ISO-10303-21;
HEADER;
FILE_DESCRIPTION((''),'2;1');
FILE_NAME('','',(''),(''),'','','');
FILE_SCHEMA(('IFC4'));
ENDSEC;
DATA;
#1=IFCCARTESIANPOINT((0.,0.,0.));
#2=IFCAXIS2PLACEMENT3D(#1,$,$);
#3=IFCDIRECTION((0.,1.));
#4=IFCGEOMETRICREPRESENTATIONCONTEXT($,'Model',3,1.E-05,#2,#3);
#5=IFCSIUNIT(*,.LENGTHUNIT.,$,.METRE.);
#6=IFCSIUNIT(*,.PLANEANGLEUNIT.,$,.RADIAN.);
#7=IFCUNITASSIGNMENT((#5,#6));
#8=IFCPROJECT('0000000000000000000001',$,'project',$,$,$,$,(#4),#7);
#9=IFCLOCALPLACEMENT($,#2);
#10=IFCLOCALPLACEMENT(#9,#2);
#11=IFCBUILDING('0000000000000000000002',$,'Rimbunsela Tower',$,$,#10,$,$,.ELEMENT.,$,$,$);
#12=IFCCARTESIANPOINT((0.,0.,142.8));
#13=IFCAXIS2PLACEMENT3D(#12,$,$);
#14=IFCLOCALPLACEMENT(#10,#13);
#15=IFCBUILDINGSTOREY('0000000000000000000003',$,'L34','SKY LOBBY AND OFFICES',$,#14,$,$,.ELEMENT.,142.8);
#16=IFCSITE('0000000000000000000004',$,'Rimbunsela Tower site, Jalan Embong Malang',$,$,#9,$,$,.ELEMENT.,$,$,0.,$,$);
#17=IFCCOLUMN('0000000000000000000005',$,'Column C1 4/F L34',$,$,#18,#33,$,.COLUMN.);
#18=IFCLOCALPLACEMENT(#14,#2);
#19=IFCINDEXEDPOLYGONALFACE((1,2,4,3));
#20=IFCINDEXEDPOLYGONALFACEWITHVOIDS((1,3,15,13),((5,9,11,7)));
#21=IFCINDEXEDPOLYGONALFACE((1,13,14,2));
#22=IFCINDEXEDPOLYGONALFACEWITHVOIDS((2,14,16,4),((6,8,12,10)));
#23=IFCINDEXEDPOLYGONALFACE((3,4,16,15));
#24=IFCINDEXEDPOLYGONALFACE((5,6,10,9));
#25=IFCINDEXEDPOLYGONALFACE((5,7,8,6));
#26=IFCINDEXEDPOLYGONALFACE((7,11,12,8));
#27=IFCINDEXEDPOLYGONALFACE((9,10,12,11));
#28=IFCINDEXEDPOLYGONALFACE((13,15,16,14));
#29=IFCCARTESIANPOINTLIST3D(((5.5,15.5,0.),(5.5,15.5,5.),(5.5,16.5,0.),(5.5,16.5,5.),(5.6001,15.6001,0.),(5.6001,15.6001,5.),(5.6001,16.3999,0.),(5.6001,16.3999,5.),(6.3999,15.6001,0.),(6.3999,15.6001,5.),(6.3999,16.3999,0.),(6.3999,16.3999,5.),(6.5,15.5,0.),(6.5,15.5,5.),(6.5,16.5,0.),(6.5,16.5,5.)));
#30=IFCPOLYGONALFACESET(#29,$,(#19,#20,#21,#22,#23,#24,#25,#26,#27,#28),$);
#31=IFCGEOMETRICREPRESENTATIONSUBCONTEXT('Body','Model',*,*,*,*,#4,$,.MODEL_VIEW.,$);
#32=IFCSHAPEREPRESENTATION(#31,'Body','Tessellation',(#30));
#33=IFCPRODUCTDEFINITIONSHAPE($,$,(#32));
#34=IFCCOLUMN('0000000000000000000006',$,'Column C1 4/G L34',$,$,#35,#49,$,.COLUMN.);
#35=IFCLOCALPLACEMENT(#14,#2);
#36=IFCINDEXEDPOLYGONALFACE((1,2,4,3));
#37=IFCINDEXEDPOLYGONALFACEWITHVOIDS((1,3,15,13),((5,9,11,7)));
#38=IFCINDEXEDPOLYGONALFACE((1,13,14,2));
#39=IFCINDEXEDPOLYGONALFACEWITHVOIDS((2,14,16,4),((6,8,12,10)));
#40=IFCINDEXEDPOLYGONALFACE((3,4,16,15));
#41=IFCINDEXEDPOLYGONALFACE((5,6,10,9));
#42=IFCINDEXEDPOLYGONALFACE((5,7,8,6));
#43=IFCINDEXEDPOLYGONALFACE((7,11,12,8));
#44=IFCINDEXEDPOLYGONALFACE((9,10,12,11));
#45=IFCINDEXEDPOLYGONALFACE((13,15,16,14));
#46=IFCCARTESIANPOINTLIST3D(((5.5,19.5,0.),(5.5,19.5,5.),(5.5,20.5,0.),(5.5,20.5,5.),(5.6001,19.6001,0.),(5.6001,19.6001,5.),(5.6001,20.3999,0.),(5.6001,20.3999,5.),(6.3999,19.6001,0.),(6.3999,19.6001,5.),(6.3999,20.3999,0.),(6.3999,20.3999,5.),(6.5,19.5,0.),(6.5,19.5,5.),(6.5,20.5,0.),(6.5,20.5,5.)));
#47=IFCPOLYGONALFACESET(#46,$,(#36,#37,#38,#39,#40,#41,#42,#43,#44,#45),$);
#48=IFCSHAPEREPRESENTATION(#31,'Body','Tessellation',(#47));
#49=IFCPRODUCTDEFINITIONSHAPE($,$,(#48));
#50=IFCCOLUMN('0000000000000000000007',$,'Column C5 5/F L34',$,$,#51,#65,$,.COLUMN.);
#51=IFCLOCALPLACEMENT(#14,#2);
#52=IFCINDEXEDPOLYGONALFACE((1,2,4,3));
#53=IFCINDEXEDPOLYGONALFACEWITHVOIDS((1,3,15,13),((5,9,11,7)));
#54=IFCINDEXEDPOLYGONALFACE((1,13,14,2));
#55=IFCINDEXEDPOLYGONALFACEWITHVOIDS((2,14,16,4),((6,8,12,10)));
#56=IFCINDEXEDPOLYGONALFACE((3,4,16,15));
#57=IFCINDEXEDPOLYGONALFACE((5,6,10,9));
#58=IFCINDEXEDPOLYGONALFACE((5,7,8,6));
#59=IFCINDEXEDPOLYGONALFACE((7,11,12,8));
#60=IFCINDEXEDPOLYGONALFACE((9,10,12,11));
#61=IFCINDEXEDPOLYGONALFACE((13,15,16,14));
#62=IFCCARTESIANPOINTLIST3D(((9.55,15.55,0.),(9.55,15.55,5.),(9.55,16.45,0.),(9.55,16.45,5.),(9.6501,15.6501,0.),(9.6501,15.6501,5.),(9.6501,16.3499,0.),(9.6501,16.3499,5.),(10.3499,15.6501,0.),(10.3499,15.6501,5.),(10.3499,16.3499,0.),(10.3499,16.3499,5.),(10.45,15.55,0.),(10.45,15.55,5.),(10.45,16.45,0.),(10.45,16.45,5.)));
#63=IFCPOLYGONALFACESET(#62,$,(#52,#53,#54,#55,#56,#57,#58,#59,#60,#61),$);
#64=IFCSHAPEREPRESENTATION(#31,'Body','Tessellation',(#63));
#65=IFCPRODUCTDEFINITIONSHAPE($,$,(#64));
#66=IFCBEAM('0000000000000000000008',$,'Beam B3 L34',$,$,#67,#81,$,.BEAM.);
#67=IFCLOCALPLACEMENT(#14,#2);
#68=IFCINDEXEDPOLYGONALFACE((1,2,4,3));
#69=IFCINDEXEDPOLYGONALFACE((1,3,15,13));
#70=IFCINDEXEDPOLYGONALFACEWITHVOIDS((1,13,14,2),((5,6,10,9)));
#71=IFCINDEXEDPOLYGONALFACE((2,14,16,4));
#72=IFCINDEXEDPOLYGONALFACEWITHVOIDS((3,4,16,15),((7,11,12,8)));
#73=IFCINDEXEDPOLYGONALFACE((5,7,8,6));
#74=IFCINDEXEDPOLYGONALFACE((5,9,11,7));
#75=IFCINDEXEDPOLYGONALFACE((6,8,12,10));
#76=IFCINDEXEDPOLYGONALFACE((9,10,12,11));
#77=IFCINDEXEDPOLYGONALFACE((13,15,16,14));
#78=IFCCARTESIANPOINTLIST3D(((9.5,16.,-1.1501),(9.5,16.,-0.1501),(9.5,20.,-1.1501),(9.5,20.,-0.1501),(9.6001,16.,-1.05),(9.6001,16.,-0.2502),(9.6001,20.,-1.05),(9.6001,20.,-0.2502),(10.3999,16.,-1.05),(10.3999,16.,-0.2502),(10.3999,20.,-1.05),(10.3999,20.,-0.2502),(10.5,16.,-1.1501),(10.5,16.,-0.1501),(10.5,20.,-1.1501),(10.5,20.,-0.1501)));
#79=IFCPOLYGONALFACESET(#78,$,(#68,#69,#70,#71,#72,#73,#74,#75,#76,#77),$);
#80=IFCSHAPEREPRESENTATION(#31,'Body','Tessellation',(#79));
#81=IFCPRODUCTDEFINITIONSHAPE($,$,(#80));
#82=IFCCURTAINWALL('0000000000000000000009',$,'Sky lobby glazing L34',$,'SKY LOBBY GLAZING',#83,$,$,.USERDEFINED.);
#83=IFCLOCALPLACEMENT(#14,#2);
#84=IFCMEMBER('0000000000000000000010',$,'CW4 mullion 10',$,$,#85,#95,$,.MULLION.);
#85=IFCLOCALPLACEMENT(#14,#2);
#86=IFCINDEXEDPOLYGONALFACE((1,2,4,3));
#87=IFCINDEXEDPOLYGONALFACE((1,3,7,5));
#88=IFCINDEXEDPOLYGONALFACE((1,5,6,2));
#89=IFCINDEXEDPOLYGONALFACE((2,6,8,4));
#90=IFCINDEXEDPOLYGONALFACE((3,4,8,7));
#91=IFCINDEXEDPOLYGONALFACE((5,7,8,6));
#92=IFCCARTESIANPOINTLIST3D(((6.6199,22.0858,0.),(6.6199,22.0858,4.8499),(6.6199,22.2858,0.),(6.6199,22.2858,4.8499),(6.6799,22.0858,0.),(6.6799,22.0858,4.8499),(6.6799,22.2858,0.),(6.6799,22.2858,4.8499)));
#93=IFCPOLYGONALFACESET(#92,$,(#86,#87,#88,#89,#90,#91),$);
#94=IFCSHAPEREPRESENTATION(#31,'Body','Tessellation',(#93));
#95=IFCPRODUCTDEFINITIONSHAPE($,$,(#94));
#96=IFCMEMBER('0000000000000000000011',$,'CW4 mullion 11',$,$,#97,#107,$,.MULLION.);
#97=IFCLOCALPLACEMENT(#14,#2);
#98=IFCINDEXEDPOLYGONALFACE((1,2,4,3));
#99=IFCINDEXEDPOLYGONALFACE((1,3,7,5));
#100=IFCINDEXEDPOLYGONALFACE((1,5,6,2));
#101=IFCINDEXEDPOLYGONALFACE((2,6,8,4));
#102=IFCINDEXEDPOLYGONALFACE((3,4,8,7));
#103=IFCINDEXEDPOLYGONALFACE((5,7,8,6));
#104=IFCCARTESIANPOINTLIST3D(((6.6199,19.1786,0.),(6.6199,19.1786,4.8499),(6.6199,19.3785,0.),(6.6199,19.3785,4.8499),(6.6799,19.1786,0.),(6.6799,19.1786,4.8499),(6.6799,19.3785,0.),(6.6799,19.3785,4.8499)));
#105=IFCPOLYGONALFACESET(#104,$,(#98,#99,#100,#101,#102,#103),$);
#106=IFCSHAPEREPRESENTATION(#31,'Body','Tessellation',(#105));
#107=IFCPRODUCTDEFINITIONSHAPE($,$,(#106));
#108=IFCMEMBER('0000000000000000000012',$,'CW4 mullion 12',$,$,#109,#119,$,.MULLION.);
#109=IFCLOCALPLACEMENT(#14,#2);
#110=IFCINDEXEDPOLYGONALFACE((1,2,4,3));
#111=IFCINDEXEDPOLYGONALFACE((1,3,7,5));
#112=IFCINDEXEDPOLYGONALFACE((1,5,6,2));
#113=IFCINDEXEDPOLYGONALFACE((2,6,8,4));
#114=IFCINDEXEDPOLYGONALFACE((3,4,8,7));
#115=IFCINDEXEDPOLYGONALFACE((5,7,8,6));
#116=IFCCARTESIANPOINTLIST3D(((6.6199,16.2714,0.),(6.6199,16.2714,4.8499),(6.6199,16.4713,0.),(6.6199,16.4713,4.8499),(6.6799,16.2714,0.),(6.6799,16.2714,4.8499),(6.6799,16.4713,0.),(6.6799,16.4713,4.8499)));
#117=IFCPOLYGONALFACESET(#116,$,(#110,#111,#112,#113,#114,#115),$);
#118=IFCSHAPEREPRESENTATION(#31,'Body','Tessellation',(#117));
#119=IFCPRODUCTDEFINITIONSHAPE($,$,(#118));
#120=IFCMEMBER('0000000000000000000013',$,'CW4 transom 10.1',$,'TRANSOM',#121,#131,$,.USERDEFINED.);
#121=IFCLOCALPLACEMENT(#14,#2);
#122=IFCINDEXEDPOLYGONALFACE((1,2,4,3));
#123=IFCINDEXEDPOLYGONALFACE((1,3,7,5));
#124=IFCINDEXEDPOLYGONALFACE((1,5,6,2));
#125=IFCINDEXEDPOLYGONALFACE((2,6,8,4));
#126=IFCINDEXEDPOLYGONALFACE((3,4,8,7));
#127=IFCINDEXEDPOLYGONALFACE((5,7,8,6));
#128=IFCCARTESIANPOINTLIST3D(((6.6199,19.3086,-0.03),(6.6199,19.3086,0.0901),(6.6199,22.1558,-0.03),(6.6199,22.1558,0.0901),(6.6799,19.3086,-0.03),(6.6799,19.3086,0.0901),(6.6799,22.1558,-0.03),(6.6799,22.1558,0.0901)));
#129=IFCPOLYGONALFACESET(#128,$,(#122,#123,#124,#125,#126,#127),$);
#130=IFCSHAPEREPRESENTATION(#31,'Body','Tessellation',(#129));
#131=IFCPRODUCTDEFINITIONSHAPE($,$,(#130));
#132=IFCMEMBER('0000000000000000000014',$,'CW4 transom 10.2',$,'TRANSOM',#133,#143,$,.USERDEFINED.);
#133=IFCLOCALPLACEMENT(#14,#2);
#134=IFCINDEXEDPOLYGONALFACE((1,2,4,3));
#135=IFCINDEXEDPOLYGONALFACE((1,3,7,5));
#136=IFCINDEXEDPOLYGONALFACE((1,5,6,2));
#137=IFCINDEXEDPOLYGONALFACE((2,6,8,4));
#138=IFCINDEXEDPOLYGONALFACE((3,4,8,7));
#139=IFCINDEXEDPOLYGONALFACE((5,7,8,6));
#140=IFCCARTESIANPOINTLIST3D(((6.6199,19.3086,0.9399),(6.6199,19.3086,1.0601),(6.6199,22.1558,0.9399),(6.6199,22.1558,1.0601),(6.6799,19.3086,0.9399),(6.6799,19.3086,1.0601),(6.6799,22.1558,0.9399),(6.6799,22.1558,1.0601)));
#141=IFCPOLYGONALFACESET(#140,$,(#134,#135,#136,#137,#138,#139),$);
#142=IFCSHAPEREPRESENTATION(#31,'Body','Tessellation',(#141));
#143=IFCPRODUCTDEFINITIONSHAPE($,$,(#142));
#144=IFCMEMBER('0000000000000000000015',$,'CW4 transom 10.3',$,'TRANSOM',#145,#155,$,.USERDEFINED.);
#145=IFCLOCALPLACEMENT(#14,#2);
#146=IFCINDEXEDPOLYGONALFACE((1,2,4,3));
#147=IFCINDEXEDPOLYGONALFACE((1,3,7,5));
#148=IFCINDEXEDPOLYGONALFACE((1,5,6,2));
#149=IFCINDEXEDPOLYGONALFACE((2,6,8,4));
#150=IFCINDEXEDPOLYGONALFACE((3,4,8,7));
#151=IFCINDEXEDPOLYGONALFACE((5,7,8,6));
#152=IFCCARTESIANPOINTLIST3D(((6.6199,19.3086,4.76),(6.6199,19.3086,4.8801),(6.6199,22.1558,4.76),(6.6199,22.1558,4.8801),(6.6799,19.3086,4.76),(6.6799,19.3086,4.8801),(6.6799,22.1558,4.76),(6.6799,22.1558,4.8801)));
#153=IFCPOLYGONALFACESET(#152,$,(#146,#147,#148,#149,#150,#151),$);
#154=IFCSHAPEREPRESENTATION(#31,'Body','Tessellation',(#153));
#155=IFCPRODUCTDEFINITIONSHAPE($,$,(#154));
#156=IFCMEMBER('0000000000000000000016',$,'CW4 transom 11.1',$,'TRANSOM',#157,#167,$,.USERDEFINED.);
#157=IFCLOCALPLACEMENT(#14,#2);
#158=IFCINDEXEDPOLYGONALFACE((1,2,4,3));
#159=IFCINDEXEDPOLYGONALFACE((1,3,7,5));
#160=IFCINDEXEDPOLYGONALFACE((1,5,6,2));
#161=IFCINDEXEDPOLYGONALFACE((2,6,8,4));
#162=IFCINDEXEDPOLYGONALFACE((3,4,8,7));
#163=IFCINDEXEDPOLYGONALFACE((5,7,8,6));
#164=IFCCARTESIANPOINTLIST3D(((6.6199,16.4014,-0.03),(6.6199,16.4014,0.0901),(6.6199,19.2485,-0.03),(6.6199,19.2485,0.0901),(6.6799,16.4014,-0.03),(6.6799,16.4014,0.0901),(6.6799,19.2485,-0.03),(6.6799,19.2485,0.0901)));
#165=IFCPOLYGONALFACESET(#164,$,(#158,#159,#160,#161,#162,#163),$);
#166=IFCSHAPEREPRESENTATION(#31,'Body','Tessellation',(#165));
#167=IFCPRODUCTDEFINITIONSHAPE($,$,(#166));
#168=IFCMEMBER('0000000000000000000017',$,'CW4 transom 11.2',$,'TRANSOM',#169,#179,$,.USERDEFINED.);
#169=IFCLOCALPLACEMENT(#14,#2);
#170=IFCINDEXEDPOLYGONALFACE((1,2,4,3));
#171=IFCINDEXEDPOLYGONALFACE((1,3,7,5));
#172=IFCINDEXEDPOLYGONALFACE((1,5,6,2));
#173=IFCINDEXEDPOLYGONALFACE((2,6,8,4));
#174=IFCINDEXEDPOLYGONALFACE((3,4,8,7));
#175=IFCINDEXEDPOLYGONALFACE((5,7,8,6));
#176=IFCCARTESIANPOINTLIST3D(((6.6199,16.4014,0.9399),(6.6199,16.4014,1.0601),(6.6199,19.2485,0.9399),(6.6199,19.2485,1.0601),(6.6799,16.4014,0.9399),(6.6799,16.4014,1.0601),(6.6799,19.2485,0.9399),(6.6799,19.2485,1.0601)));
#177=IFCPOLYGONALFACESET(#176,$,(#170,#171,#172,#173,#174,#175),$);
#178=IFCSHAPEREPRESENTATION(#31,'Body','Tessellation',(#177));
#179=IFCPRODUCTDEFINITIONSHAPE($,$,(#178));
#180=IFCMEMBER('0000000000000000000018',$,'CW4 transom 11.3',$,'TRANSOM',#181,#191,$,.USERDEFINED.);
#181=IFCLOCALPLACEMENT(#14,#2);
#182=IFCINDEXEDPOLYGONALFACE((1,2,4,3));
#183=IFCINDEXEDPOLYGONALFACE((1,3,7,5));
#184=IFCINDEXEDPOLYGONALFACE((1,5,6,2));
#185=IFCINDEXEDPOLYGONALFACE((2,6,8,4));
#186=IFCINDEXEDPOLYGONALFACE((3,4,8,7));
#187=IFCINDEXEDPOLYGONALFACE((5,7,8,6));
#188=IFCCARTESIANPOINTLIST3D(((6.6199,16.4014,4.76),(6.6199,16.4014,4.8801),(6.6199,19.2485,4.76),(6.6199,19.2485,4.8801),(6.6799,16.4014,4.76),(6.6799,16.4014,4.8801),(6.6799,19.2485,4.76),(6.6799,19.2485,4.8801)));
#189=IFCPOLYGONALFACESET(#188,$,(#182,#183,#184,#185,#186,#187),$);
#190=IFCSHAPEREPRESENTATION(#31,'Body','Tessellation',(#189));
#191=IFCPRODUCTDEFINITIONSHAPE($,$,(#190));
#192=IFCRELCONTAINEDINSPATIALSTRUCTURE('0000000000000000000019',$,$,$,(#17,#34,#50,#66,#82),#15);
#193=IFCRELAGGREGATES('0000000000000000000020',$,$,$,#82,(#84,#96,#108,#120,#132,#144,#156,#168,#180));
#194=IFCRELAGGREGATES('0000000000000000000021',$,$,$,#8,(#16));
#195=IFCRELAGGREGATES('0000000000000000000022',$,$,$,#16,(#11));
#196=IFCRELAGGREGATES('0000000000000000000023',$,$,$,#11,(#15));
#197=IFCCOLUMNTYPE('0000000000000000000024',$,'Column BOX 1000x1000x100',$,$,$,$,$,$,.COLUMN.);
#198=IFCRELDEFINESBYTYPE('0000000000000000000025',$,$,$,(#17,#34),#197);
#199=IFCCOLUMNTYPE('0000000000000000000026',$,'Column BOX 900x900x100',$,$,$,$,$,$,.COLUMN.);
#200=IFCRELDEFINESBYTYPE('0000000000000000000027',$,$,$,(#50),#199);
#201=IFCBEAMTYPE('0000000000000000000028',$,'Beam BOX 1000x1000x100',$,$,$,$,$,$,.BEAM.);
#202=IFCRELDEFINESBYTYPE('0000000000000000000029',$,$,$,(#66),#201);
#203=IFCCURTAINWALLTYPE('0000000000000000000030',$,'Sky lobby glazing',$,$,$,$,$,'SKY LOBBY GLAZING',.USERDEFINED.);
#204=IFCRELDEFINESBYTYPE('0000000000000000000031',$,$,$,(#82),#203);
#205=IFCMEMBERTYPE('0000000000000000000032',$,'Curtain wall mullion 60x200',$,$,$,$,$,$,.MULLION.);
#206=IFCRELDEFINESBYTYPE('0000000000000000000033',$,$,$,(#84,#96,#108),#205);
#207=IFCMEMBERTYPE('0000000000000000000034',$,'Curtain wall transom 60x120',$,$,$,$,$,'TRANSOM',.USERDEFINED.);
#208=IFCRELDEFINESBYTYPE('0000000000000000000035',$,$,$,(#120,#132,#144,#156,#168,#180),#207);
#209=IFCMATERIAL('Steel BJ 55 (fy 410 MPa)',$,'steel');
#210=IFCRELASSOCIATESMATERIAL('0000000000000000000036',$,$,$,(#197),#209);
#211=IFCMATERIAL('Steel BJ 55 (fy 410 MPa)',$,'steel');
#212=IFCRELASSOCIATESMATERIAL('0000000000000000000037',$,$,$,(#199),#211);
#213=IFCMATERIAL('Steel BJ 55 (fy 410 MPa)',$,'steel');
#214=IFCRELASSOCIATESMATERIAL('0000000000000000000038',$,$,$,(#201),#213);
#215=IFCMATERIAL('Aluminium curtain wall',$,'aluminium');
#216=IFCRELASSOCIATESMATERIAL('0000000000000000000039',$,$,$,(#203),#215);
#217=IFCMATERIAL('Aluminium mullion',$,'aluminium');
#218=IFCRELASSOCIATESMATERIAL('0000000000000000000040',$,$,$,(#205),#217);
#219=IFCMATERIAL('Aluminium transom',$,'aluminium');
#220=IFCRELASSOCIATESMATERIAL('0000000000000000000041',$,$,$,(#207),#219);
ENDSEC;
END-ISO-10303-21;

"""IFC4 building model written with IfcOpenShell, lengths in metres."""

from ifc_helpers import new_model, si_unit, direction, frame, origin, origin_2d, place, context, subcontext, project, spatial, rectangle, hollow_rectangle, extrude, material, material_profile, profile_set, type_object, element, aggregate, save


model = new_model("IFC4")

# Units and contexts
model_context = context("Model", 3, precision=1e-05, world=origin(), true_north=direction((0.0, 1.0)))
body_context = subcontext(model_context, "Body", "Model", "MODEL_VIEW")
ifc_project = project(units=[si_unit("LENGTHUNIT", "METRE"), si_unit("PLANEANGLEUNIT", "RADIAN")], contexts=[model_context])

# Site, building, storey
site_placement = place(None, origin())
site = spatial("IfcSite", under=ifc_project, at=site_placement, Name="Rimbunsela Tower site, Jalan Embong Malang", CompositionType="ELEMENT", RefElevation=0.0)
building_placement = place(site_placement, origin())
building = spatial("IfcBuilding", under=site, at=building_placement, Name="Rimbunsela Tower", CompositionType="ELEMENT")
storey_placement = place(building_placement, frame((0.0, 0.0, 142.8)))
storey = spatial("IfcBuildingStorey", under=building, at=storey_placement, Name="L34", Description="SKY LOBBY AND OFFICES", CompositionType="ELEMENT", Elevation=142.8)

# Columns
ifc_material_1 = material(Name="Steel BJ 55 (fy 410 MPa)", Category="steel")
ifc_material_profile_1 = material_profile(ifc_material_1, hollow_rectangle(XDim=1.0, YDim=1.0, WallThickness=0.1001, at=origin_2d()), Name="BOX 1000x1000x100")
ifc_profile_set_1 = profile_set([ifc_material_profile_1], Name="Steel BJ 55 (fy 410 MPa)")
column_type_1 = type_object("IfcColumnType", Name="Column BOX 1000x1000x100", PredefinedType="COLUMN", material=ifc_profile_set_1)
for number, where, z_axis, x_axis, name in (
    (1, (6.0, 16.0, 0.0), (0.0, 0.0, 1.0), (1.0, 0.0, 0.0), "Column C1 4/F L34"),
    (2, (6.0, 20.0, 0.0), (0.0, 0.0, 1.0), (1.0, 0.0, 0.0), "Column C1 4/G L34"),
):
    element("IfcColumn", number, at=place(storey_placement, frame(where, z_axis=z_axis, x_axis=x_axis)), inside=storey, type_object=column_type_1, Name=name, PredefinedType="COLUMN", context=body_context, shape_type="SweptSolid", body=[
        extrude(hollow_rectangle(XDim=1.0, YDim=1.0, WallThickness=0.1001, at=origin_2d()), origin(), (0.0, 0.0, 1.0), 5.0),
    ])
ifc_material_2 = material(Name="Steel BJ 55 (fy 410 MPa)", Category="steel")
ifc_material_profile_2 = material_profile(ifc_material_2, hollow_rectangle(XDim=0.8999, YDim=0.8999, WallThickness=0.1001, at=origin_2d()), Name="BOX 900x900x100")
ifc_profile_set_2 = profile_set([ifc_material_profile_2], Name="Steel BJ 55 (fy 410 MPa)")
column_type_2 = type_object("IfcColumnType", Name="Column BOX 900x900x100", PredefinedType="COLUMN", material=ifc_profile_set_2)
column_placement = place(storey_placement, frame((10.0, 16.0, 0.0), z_axis=(0.0, 0.0, 1.0), x_axis=(1.0, 0.0, 0.0)))
element("IfcColumn", 3, at=column_placement, inside=storey, type_object=column_type_2, Name="Column C5 5/F L34", PredefinedType="COLUMN", context=body_context, shape_type="SweptSolid", body=[
    extrude(hollow_rectangle(XDim=0.8999, YDim=0.8999, WallThickness=0.1001, at=origin_2d()), origin(), (0.0, 0.0, 1.0), 5.0),
])

# Beam
ifc_material_3 = material(Name="Steel BJ 55 (fy 410 MPa)", Category="steel")
ifc_material_profile_3 = material_profile(ifc_material_3, hollow_rectangle(XDim=1.0, YDim=1.0, WallThickness=0.1001, at=origin_2d()), Name="BOX 1000x1000x100")
ifc_profile_set_3 = profile_set([ifc_material_profile_3], Name="Steel BJ 55 (fy 410 MPa)")
beam_type = type_object("IfcBeamType", Name="Beam BOX 1000x1000x100", PredefinedType="BEAM", material=ifc_profile_set_3)
beam_placement = place(storey_placement, frame((10.0, 16.0, -0.6501), z_axis=(0.0, 1.0, 0.0), x_axis=(-1.0, 0.0, 0.0)))
element("IfcBeam", 4, at=beam_placement, inside=storey, type_object=beam_type, Name="Beam B3 L34", PredefinedType="BEAM", context=body_context, shape_type="SweptSolid", body=[
    extrude(hollow_rectangle(XDim=1.0, YDim=1.0, WallThickness=0.1001, at=origin_2d()), origin(), (0.0, 0.0, 1.0), 4.0),
])

# Curtain wall, members
ifc_material_4 = material(Name="Aluminium curtain wall", Category="aluminium")
curtain_wall_type = type_object("IfcCurtainWallType", Name="Sky lobby glazing", ElementType="SKY LOBBY GLAZING", PredefinedType="USERDEFINED", material=ifc_material_4)
curtain_wall_placement = place(storey_placement, origin())
curtain_wall = element("IfcCurtainWall", 5, at=curtain_wall_placement, inside=storey, type_object=curtain_wall_type, Name="Sky lobby glazing L34", ObjectType="SKY LOBBY GLAZING", PredefinedType="USERDEFINED")
ifc_material_5 = material(Name="Aluminium mullion", Category="aluminium")
ifc_material_profile_4 = material_profile(ifc_material_5, rectangle(XDim=0.0601, YDim=0.2, at=origin_2d()), Name="Mullion 60x200")
ifc_profile_set_4 = profile_set([ifc_material_profile_4], Name="Aluminium mullion")
member_type_1 = type_object("IfcMemberType", Name="Curtain wall mullion 60x200", PredefinedType="MULLION", material=ifc_profile_set_4)
member_1_placement = place(storey_placement, frame((6.6499, 22.1858, 0.0), z_axis=(0.0, 0.0, 1.0), x_axis=(1.0, 0.0, 0.0)))
member_1 = element("IfcMember", 6, at=member_1_placement, type_object=member_type_1, Name="CW4 mullion 10", PredefinedType="MULLION", context=body_context, shape_type="SweptSolid", body=[
    extrude(rectangle(XDim=0.0601, YDim=0.2, at=origin_2d()), origin(), (0.0, 0.0, 1.0), 4.8499),
])
member_2_placement = place(storey_placement, frame((6.6499, 19.2786, 0.0), z_axis=(0.0, 0.0, 1.0), x_axis=(1.0, 0.0, 0.0)))
member_2 = element("IfcMember", 7, at=member_2_placement, type_object=member_type_1, Name="CW4 mullion 11", PredefinedType="MULLION", context=body_context, shape_type="SweptSolid", body=[
    extrude(rectangle(XDim=0.0601, YDim=0.2, at=origin_2d()), origin(), (0.0, 0.0, 1.0), 4.8499),
])
member_3_placement = place(storey_placement, frame((6.6499, 16.3713, 0.0), z_axis=(0.0, 0.0, 1.0), x_axis=(1.0, 0.0, 0.0)))
member_3 = element("IfcMember", 8, at=member_3_placement, type_object=member_type_1, Name="CW4 mullion 12", PredefinedType="MULLION", context=body_context, shape_type="SweptSolid", body=[
    extrude(rectangle(XDim=0.0601, YDim=0.2, at=origin_2d()), origin(), (0.0, 0.0, 1.0), 4.8499),
])
ifc_material_6 = material(Name="Aluminium transom", Category="aluminium")
ifc_material_profile_5 = material_profile(ifc_material_6, rectangle(XDim=0.0601, YDim=0.1201, at=origin_2d()), Name="Transom 60x120")
ifc_profile_set_5 = profile_set([ifc_material_profile_5], Name="Aluminium transom")
member_type_2 = type_object("IfcMemberType", Name="Curtain wall transom 60x120", ElementType="TRANSOM", PredefinedType="USERDEFINED", material=ifc_profile_set_5)
member_4_placement = place(storey_placement, frame((6.6499, 22.1558, 0.03), z_axis=(0.0, -1.0, 0.0), x_axis=(1.0, 0.0, 0.0)))
member_4 = element("IfcMember", 9, at=member_4_placement, type_object=member_type_2, Name="CW4 transom 10.1", ObjectType="TRANSOM", PredefinedType="USERDEFINED", context=body_context, shape_type="SweptSolid", body=[
    extrude(rectangle(XDim=0.0601, YDim=0.1201, at=origin_2d()), origin(), (0.0, 0.0, 1.0), 2.8472),
])
member_5_placement = place(storey_placement, frame((6.6499, 22.1558, 1.0), z_axis=(0.0, -1.0, 0.0), x_axis=(1.0, 0.0, 0.0)))
member_5 = element("IfcMember", 10, at=member_5_placement, type_object=member_type_2, Name="CW4 transom 10.2", ObjectType="TRANSOM", PredefinedType="USERDEFINED", context=body_context, shape_type="SweptSolid", body=[
    extrude(rectangle(XDim=0.0601, YDim=0.1201, at=origin_2d()), origin(), (0.0, 0.0, 1.0), 2.8472),
])
member_6_placement = place(storey_placement, frame((6.6499, 22.1558, 4.8201), z_axis=(0.0, -1.0, 0.0), x_axis=(1.0, 0.0, 0.0)))
member_6 = element("IfcMember", 11, at=member_6_placement, type_object=member_type_2, Name="CW4 transom 10.3", ObjectType="TRANSOM", PredefinedType="USERDEFINED", context=body_context, shape_type="SweptSolid", body=[
    extrude(rectangle(XDim=0.0601, YDim=0.1201, at=origin_2d()), origin(), (0.0, 0.0, 1.0), 2.8472),
])
member_7_placement = place(storey_placement, frame((6.6499, 19.2485, 0.03), z_axis=(0.0, -1.0, 0.0), x_axis=(1.0, 0.0, 0.0)))
member_7 = element("IfcMember", 12, at=member_7_placement, type_object=member_type_2, Name="CW4 transom 11.1", ObjectType="TRANSOM", PredefinedType="USERDEFINED", context=body_context, shape_type="SweptSolid", body=[
    extrude(rectangle(XDim=0.0601, YDim=0.1201, at=origin_2d()), origin(), (0.0, 0.0, 1.0), 2.8472),
])
member_8_placement = place(storey_placement, frame((6.6499, 19.2485, 1.0), z_axis=(0.0, -1.0, 0.0), x_axis=(1.0, 0.0, 0.0)))
member_8 = element("IfcMember", 13, at=member_8_placement, type_object=member_type_2, Name="CW4 transom 11.2", ObjectType="TRANSOM", PredefinedType="USERDEFINED", context=body_context, shape_type="SweptSolid", body=[
    extrude(rectangle(XDim=0.0601, YDim=0.1201, at=origin_2d()), origin(), (0.0, 0.0, 1.0), 2.8472),
])
member_9_placement = place(storey_placement, frame((6.6499, 19.2485, 4.8201), z_axis=(0.0, -1.0, 0.0), x_axis=(1.0, 0.0, 0.0)))
member_9 = element("IfcMember", 14, at=member_9_placement, type_object=member_type_2, Name="CW4 transom 11.3", ObjectType="TRANSOM", PredefinedType="USERDEFINED", context=body_context, shape_type="SweptSolid", body=[
    extrude(rectangle(XDim=0.0601, YDim=0.1201, at=origin_2d()), origin(), (0.0, 0.0, 1.0), 2.8472),
])
aggregate(curtain_wall, [member_1, member_2, member_3, member_4, member_5, member_6, member_7, member_8, member_9])

save(model, "model.ifc")
